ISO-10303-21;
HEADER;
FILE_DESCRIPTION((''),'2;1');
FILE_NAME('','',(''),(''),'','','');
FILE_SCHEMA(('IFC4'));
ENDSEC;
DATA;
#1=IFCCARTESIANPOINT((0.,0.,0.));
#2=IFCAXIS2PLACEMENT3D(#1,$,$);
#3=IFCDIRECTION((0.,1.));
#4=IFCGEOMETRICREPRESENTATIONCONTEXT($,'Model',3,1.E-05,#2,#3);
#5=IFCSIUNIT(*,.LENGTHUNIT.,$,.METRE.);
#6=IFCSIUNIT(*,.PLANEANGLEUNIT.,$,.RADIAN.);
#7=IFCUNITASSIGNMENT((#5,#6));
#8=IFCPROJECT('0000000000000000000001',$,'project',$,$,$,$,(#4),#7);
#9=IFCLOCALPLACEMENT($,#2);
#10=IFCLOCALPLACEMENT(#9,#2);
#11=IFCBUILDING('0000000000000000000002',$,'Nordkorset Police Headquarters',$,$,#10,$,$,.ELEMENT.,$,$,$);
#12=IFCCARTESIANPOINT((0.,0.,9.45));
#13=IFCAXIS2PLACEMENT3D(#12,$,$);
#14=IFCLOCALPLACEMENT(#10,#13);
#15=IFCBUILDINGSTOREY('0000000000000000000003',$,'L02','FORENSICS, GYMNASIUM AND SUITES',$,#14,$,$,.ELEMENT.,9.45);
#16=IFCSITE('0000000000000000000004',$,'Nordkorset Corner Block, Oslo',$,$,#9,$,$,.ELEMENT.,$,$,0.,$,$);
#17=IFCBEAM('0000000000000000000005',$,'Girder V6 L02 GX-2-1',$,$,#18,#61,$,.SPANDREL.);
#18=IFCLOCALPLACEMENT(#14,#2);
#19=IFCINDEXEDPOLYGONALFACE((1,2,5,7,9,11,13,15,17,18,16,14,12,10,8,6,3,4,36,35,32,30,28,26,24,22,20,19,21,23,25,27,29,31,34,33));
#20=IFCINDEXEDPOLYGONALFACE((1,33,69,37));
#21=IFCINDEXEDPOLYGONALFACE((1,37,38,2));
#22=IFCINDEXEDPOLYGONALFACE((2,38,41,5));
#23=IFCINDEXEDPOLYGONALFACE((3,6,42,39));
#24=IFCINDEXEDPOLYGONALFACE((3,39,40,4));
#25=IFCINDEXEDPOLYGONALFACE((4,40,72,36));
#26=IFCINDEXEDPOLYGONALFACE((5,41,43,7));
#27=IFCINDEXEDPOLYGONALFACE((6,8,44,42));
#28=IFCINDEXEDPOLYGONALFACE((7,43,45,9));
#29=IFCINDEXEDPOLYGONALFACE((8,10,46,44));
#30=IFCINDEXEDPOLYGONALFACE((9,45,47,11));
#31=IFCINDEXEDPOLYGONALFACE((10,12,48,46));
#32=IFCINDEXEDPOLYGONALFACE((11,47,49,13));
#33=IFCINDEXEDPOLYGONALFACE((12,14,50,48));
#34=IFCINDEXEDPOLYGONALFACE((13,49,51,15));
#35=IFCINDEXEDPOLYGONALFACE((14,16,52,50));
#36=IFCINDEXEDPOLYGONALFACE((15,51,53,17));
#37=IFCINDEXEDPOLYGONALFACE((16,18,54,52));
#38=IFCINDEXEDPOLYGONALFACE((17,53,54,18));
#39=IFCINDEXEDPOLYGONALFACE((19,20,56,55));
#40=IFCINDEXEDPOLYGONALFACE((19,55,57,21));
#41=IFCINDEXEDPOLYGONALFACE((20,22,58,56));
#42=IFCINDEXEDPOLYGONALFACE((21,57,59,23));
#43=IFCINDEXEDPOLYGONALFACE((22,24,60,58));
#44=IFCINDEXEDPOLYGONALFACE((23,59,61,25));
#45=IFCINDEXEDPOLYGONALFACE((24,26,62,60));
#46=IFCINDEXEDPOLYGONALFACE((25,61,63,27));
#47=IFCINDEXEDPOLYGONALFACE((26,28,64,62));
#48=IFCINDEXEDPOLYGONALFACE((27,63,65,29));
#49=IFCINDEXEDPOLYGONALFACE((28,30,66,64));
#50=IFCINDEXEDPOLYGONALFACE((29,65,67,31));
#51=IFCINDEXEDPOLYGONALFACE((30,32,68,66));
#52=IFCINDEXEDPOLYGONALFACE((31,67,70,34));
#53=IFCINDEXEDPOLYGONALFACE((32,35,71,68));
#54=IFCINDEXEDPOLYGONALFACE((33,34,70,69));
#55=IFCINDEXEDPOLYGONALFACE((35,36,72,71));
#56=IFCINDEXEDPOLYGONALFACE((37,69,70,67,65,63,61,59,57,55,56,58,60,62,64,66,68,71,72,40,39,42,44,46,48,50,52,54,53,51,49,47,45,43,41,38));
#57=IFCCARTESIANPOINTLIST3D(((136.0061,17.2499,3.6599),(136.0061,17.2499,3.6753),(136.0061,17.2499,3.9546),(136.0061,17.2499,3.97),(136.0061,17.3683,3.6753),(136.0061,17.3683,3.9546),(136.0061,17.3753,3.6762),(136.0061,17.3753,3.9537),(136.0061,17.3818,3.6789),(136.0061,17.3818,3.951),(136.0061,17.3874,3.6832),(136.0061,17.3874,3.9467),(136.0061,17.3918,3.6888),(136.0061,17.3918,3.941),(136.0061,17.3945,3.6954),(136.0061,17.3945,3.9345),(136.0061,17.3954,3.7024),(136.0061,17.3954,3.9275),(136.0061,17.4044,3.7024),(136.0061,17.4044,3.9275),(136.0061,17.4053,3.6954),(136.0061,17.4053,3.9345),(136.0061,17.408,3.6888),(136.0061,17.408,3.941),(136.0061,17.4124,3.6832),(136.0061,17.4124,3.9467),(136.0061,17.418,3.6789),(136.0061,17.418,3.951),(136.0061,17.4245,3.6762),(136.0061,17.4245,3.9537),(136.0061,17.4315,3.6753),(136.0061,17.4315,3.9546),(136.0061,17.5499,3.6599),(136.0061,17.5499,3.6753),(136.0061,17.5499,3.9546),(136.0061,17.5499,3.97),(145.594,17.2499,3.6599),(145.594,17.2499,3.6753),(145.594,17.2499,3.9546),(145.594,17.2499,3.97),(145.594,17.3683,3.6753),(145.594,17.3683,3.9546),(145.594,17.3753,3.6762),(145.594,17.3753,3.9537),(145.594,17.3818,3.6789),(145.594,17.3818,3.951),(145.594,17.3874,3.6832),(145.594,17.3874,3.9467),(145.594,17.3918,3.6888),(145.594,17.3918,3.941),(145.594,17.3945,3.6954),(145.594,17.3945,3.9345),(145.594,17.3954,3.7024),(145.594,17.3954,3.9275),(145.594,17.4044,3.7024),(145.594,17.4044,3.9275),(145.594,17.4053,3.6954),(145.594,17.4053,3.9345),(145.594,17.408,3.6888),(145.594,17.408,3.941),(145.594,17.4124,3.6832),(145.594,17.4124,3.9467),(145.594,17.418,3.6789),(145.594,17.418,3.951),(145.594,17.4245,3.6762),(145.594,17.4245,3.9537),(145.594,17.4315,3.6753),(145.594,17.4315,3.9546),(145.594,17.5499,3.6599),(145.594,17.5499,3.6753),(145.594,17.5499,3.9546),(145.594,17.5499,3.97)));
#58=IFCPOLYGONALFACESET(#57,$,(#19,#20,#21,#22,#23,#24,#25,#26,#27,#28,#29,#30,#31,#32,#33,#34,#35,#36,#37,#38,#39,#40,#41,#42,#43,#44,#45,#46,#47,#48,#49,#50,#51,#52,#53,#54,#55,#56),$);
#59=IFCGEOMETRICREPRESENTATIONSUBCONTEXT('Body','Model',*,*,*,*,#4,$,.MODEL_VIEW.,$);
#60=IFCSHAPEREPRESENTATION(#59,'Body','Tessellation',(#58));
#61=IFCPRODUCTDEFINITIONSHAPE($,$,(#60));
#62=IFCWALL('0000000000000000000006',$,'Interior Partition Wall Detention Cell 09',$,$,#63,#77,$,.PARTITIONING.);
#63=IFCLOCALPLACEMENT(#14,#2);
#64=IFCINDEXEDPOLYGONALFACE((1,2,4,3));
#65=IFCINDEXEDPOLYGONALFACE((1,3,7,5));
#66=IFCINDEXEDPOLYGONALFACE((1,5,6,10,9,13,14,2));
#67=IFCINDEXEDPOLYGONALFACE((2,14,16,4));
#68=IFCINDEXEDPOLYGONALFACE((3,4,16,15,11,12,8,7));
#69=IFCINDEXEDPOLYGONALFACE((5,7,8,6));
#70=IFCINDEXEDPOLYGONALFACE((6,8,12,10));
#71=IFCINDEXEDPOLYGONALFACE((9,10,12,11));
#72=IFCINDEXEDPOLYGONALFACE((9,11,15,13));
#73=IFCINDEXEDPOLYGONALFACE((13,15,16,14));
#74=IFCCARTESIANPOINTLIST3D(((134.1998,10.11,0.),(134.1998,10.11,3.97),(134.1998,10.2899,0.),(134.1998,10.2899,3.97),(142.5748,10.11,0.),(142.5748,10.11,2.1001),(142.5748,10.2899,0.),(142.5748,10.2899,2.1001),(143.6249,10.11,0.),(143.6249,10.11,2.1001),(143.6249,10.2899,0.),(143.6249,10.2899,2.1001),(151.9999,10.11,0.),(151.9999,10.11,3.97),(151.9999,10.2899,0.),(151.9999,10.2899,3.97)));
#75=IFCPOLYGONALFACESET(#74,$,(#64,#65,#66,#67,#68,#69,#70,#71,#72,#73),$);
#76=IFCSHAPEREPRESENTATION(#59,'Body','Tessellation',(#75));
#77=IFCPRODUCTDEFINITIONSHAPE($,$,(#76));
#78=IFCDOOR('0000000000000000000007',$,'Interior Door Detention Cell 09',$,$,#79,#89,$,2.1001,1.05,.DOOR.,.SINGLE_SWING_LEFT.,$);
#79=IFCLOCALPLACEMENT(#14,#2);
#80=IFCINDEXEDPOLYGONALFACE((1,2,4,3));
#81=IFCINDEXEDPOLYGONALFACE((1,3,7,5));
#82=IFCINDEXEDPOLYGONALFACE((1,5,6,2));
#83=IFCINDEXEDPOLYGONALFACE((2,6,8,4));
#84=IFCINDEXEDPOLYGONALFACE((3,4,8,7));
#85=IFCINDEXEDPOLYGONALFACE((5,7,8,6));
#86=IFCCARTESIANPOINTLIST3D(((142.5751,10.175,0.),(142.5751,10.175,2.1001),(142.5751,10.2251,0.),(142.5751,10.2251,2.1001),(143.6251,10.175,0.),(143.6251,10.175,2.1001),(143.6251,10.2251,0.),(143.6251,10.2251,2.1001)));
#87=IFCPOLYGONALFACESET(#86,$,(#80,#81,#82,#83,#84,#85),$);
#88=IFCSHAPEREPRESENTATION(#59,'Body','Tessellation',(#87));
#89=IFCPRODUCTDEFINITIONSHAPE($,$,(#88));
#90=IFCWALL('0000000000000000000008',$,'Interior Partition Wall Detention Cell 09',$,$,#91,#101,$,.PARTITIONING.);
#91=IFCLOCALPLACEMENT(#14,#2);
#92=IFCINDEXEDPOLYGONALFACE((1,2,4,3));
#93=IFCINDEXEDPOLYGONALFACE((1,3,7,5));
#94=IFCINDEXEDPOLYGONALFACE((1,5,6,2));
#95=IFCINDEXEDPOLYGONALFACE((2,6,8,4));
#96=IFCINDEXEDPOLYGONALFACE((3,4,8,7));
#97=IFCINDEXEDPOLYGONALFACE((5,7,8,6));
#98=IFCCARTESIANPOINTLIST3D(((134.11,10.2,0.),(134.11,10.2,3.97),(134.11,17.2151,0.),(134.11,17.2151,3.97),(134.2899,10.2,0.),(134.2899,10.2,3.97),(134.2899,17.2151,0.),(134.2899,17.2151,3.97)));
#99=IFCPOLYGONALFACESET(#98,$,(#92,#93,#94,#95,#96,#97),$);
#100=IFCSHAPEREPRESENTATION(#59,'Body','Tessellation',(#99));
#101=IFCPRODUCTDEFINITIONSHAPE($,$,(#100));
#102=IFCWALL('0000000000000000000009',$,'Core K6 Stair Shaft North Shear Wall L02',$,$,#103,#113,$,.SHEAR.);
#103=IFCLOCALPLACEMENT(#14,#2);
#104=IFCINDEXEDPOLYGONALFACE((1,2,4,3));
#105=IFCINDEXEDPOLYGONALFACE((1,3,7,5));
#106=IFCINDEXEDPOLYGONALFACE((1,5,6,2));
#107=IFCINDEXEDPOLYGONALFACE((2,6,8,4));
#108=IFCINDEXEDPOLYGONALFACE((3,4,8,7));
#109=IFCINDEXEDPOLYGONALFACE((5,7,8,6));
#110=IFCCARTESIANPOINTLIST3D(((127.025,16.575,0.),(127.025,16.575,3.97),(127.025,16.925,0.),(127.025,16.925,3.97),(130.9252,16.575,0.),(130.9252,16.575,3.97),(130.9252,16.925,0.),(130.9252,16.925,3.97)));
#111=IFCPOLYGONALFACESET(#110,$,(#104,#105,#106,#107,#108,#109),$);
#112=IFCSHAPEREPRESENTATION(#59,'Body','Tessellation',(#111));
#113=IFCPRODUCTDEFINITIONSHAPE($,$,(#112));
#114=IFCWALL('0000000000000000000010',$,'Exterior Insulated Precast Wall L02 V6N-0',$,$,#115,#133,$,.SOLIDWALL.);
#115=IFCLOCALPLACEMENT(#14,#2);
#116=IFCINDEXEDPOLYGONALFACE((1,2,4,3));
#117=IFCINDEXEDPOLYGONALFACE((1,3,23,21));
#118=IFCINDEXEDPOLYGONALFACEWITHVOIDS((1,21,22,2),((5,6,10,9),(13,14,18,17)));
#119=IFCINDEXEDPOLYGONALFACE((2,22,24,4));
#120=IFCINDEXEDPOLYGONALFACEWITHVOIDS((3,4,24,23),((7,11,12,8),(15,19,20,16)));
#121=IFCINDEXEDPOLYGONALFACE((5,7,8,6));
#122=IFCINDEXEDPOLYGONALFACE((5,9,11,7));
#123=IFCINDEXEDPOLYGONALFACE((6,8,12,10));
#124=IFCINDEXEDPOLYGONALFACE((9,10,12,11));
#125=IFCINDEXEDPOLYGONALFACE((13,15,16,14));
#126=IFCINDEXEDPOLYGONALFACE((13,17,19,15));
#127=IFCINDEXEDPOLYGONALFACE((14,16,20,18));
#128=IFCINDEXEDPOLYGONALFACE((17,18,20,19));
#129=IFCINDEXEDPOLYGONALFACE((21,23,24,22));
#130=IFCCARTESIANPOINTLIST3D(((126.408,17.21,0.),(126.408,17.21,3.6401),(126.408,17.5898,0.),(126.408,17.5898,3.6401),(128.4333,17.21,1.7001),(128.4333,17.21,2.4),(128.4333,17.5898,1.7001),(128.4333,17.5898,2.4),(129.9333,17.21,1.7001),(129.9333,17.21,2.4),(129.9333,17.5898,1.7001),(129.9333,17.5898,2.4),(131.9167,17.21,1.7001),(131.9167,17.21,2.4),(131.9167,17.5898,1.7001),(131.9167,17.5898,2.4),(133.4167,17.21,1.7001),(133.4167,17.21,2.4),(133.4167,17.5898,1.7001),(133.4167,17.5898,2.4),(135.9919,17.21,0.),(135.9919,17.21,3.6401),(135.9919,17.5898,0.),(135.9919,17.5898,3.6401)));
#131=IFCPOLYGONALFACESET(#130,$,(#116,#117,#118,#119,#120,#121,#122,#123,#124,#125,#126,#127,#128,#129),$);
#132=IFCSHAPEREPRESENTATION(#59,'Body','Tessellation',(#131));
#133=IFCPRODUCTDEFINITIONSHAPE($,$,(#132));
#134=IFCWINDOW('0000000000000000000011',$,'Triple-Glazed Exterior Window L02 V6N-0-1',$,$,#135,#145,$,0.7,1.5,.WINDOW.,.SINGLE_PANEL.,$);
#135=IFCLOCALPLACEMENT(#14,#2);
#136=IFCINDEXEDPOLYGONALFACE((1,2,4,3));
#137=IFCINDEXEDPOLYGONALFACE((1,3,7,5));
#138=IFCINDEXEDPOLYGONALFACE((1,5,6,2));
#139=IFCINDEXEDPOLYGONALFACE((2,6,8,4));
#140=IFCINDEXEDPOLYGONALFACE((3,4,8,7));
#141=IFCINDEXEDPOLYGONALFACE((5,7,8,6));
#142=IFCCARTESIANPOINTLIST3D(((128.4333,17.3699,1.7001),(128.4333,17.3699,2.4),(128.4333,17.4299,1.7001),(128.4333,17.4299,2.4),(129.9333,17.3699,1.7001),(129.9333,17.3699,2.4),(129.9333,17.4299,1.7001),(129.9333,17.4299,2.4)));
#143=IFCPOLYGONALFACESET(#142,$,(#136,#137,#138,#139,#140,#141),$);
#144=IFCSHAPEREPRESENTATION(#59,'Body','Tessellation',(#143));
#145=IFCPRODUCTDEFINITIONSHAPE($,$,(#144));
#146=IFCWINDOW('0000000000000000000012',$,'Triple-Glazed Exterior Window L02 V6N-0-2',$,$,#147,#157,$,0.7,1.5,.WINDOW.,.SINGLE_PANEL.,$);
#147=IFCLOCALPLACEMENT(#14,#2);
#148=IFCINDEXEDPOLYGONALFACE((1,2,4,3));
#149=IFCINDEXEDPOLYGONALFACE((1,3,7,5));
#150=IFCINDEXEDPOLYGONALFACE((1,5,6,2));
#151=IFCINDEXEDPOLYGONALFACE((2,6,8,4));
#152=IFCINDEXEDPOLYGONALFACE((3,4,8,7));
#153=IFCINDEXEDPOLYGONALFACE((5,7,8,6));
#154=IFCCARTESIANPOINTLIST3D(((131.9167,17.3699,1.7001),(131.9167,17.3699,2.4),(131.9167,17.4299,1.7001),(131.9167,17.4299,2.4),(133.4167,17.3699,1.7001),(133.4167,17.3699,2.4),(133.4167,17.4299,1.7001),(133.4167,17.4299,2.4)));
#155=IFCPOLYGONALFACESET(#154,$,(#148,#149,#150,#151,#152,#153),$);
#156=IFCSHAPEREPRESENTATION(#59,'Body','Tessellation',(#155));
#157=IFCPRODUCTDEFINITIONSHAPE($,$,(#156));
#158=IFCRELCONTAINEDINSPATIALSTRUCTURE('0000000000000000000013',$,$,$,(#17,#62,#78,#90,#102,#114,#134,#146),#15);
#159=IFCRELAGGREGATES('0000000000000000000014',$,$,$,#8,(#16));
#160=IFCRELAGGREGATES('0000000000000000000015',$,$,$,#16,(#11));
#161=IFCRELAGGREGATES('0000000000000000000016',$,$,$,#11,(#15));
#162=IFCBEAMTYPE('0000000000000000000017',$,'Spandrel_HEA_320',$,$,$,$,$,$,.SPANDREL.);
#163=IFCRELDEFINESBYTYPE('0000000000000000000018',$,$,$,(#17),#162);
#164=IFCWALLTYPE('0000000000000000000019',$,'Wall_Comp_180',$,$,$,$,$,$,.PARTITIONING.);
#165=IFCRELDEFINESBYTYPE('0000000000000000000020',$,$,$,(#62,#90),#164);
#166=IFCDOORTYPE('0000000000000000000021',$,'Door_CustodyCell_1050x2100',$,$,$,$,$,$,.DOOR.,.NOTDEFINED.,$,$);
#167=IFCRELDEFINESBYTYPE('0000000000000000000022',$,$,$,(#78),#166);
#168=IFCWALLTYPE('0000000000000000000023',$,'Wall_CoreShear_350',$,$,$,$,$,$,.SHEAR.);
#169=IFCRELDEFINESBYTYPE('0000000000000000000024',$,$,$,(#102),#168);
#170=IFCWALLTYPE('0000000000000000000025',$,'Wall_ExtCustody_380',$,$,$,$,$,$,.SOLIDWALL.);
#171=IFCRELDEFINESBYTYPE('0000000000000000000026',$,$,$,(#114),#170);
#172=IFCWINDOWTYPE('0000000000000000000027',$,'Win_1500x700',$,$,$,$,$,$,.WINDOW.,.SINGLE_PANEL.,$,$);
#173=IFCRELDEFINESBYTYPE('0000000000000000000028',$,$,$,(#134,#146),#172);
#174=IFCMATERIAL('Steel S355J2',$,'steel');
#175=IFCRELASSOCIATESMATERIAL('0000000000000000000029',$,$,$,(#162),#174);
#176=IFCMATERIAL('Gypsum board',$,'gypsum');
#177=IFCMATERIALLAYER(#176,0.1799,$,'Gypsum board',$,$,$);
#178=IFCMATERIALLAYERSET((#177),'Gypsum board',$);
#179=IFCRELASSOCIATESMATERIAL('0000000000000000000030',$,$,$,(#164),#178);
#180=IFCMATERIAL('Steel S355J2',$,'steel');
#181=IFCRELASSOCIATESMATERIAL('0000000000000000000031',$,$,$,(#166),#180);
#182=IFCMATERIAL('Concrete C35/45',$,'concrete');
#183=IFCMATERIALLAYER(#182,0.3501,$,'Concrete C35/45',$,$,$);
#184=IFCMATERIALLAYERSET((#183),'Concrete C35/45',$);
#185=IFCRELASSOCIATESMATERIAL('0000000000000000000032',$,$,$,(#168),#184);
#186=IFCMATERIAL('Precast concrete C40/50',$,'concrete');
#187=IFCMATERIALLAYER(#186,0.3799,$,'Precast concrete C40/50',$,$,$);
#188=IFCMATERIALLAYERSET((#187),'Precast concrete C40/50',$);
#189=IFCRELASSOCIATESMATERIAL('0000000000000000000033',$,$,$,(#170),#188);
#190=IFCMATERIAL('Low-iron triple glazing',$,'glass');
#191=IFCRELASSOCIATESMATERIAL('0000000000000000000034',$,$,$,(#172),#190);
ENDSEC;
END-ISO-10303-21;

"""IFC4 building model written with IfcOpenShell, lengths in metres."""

from ifc_helpers import new_model, si_unit, direction, frame, frame_2d, origin, origin_2d, place, context, subcontext, project, spatial, rectangle, i_section, extrude, material, layer, layer_set, material_profile, profile_set, type_object, element, fill, save


model = new_model("IFC4")

# Units and contexts
model_context = context("Model", 3, precision=1e-05, world=origin(), true_north=direction((0.0, 1.0)))
body_context = subcontext(model_context, "Body", "Model", "MODEL_VIEW")
ifc_project = project(units=[si_unit("LENGTHUNIT", "METRE"), si_unit("PLANEANGLEUNIT", "RADIAN")], contexts=[model_context])

# Site, building, storey
site_placement = place(None, origin())
site = spatial("IfcSite", under=ifc_project, at=site_placement, Name="Nordkorset Corner Block, Oslo", CompositionType="ELEMENT", RefElevation=0.0)
building_placement = place(site_placement, origin())
building = spatial("IfcBuilding", under=site, at=building_placement, Name="Nordkorset Police Headquarters", CompositionType="ELEMENT")
storey_placement = place(building_placement, frame((0.0, 0.0, 9.45)))
storey = spatial("IfcBuildingStorey", under=building, at=storey_placement, Name="L02", Description="FORENSICS, GYMNASIUM AND SUITES", CompositionType="ELEMENT", Elevation=9.45)

# Beam
ifc_material_1 = material(Name="Steel S355J2", Category="steel")
ifc_material_profile_1 = material_profile(ifc_material_1, i_section(OverallWidth=0.3, OverallDepth=0.3101, WebThickness=0.009, FlangeThickness=0.0154, FilletRadius=0.0271, at=origin_2d()), Name="HEA 320")
ifc_profile_set_1 = profile_set([ifc_material_profile_1], Name="Steel S355J2")
beam_type_1 = type_object("IfcBeamType", Name="Spandrel_HEA_320", PredefinedType="SPANDREL", material=ifc_profile_set_1)
for number, where, z_axis, x_axis, name in (
    (1, (136.0061, 17.3999, 3.8149), (1.0, 0.0, 0.0), (0.0, 1.0, 0.0), "Girder V6 L02 GX-2-1"),
):
    element("IfcBeam", number, at=place(storey_placement, frame(where, z_axis=z_axis, x_axis=x_axis)), inside=storey, type_object=beam_type_1, Name=name, PredefinedType="SPANDREL", context=body_context, shape_type="SweptSolid", body=[
        extrude(i_section(OverallWidth=0.3, OverallDepth=0.3101, WebThickness=0.009, FlangeThickness=0.0154, FilletRadius=0.0271, at=origin_2d()), origin(), (0.0, 0.0, 1.0), 9.5879),
    ])

# Wall, opening, door
ifc_material_2 = material(Name="Gypsum board", Category="gypsum")
ifc_layer_1 = layer(ifc_material_2, 0.1799, Name="Gypsum board")
ifc_layer_set_1 = layer_set([ifc_layer_1], Name="Gypsum board")
wall_type_1 = type_object("IfcWallType", Name="Wall_Comp_180", PredefinedType="PARTITIONING", material=ifc_layer_set_1)
wall_1_placement = place(storey_placement, frame((134.2, 10.2, 0.0), z_axis=(0.0, 0.0, 1.0), x_axis=(1.0, 0.0, 0.0)))
wall_1 = element("IfcWall", 2, at=wall_1_placement, inside=storey, type_object=wall_type_1, Name="Interior Partition Wall Detention Cell 09", PredefinedType="PARTITIONING", context=body_context, shape_type="SweptSolid", body=[
    extrude(rectangle(XDim=17.8, YDim=0.1799, at=frame_2d((8.8999, 0.0))), origin(), (0.0, 0.0, 1.0), 3.97),
])
opening_1_placement = place(wall_1_placement, frame((8.375, 0.0, 0.0)))
opening_1 = element("IfcOpeningElement", 3, at=opening_1_placement, cuts=wall_1, PredefinedType="OPENING", context=body_context, shape_type="SweptSolid", body=[
    extrude(rectangle(XDim=1.05, YDim=2.1001, at=frame_2d((0.5249, 1.05))), frame((0.0, 0.1001, 0.0), z_axis=(0.0, -1.0, 0.0), x_axis=(1.0, 0.0, 0.0)), (0.0, 0.0, 1.0), 0.2),
])
ifc_material_3 = material(Name="Steel S355J2", Category="steel")
door_type = type_object("IfcDoorType", Name="Door_CustodyCell_1050x2100", OperationType="NOTDEFINED", PredefinedType="DOOR", material=ifc_material_3)
door_placement = place(opening_1_placement, frame((1.05, 0.0, 0.0), z_axis=(0.0, 0.0, 1.0), x_axis=(-1.0, 0.0, 0.0)))
door = element("IfcDoor", 4, at=door_placement, inside=storey, type_object=door_type, Name="Interior Door Detention Cell 09", OperationType="SINGLE_SWING_LEFT", OverallHeight=2.1001, OverallWidth=1.05, PredefinedType="DOOR", context=body_context, shape_type="SweptSolid", body=[
    extrude(rectangle(XDim=1.05, YDim=2.1001, at=frame_2d((0.5249, 1.05))), frame((0.0, 0.0249, 0.0), z_axis=(0.0, -1.0, 0.0), x_axis=(1.0, 0.0, 0.0)), (0.0, 0.0, 1.0), 0.05),
])
fill(opening_1, door)

# Walls
wall_2_placement = place(storey_placement, frame((134.2, 17.2151, 0.0), z_axis=(0.0, 0.0, 1.0), x_axis=(0.0, -1.0, 0.0)))
element("IfcWall", 5, at=wall_2_placement, inside=storey, type_object=wall_type_1, Name="Interior Partition Wall Detention Cell 09", PredefinedType="PARTITIONING", context=body_context, shape_type="SweptSolid", body=[
    extrude(rectangle(XDim=7.0151, YDim=0.1799, at=frame_2d((3.5076, 0.0))), origin(), (0.0, 0.0, 1.0), 3.97),
])
ifc_material_4 = material(Name="Concrete C35/45", Category="concrete")
ifc_layer_2 = layer(ifc_material_4, 0.3501, Name="Concrete C35/45")
ifc_layer_set_2 = layer_set([ifc_layer_2], Name="Concrete C35/45")
wall_type_2 = type_object("IfcWallType", Name="Wall_CoreShear_350", PredefinedType="SHEAR", material=ifc_layer_set_2)
wall_3_placement = place(storey_placement, frame((127.0249, 16.75, 0.0), z_axis=(0.0, 0.0, 1.0), x_axis=(1.0, 0.0, 0.0)))
element("IfcWall", 6, at=wall_3_placement, inside=storey, type_object=wall_type_2, Name="Core K6 Stair Shaft North Shear Wall L02", PredefinedType="SHEAR", context=body_context, shape_type="SweptSolid", body=[
    extrude(rectangle(XDim=3.9001, YDim=0.3501, at=frame_2d((1.9502, 0.0))), origin(), (0.0, 0.0, 1.0), 3.97),
])

# Wall, openings, windows
ifc_material_5 = material(Name="Precast concrete C40/50", Category="concrete")
ifc_layer_3 = layer(ifc_material_5, 0.3799, Name="Precast concrete C40/50")
ifc_layer_set_3 = layer_set([ifc_layer_3], Name="Precast concrete C40/50")
wall_type_3 = type_object("IfcWallType", Name="Wall_ExtCustody_380", PredefinedType="SOLIDWALL", material=ifc_layer_set_3)
wall_4_placement = place(storey_placement, frame((126.408, 17.3999, 0.0), z_axis=(0.0, 0.0, 1.0), x_axis=(1.0, 0.0, 0.0)))
wall_4 = element("IfcWall", 7, at=wall_4_placement, inside=storey, type_object=wall_type_3, Name="Exterior Insulated Precast Wall L02 V6N-0", PredefinedType="SOLIDWALL", context=body_context, shape_type="SweptSolid", body=[
    extrude(rectangle(XDim=9.584, YDim=0.3799, at=frame_2d((4.792, 0.0))), origin(), (0.0, 0.0, 1.0), 3.6401),
])
opening_2_placement = place(wall_4_placement, frame((2.0254, 0.0, 1.7)))
opening_2 = element("IfcOpeningElement", 8, at=opening_2_placement, cuts=wall_4, PredefinedType="OPENING", context=body_context, shape_type="SweptSolid", body=[
    extrude(rectangle(XDim=1.5, YDim=0.7, at=frame_2d((0.75, 0.3501))), frame((0.0, 0.2, 0.0), z_axis=(0.0, -1.0, 0.0), x_axis=(1.0, 0.0, 0.0)), (0.0, 0.0, 1.0), 0.3999),
])
opening_3_placement = place(wall_4_placement, frame((5.5088, 0.0, 1.7)))
opening_3 = element("IfcOpeningElement", 9, at=opening_3_placement, cuts=wall_4, PredefinedType="OPENING", context=body_context, shape_type="SweptSolid", body=[
    extrude(rectangle(XDim=1.5, YDim=0.7, at=frame_2d((0.75, 0.3501))), frame((0.0, 0.2, 0.0), z_axis=(0.0, -1.0, 0.0), x_axis=(1.0, 0.0, 0.0)), (0.0, 0.0, 1.0), 0.3999),
])
ifc_material_6 = material(Name="Low-iron triple glazing", Category="glass")
window_type_1 = type_object("IfcWindowType", Name="Win_1500x700", PartitioningType="SINGLE_PANEL", PredefinedType="WINDOW", material=ifc_material_6)
window_1_placement = place(opening_2_placement, origin())
window_1 = element("IfcWindow", 10, at=window_1_placement, inside=storey, type_object=window_type_1, Name="Triple-Glazed Exterior Window L02 V6N-0-1", OverallHeight=0.7, OverallWidth=1.5, PartitioningType="SINGLE_PANEL", PredefinedType="WINDOW", context=body_context, shape_type="SweptSolid", body=[
    extrude(rectangle(XDim=1.5, YDim=0.7, at=frame_2d((0.75, 0.3501))), frame((0.0, 0.03, 0.0), z_axis=(0.0, -1.0, 0.0), x_axis=(1.0, 0.0, 0.0)), (0.0, 0.0, 1.0), 0.0601),
])
fill(opening_2, window_1)
window_2_placement = place(opening_3_placement, origin())
window_2 = element("IfcWindow", 11, at=window_2_placement, inside=storey, type_object=window_type_1, Name="Triple-Glazed Exterior Window L02 V6N-0-2", OverallHeight=0.7, OverallWidth=1.5, PartitioningType="SINGLE_PANEL", PredefinedType="WINDOW", context=body_context, shape_type="SweptSolid", body=[
    extrude(rectangle(XDim=1.5, YDim=0.7, at=frame_2d((0.75, 0.3501))), frame((0.0, 0.03, 0.0), z_axis=(0.0, -1.0, 0.0), x_axis=(1.0, 0.0, 0.0)), (0.0, 0.0, 1.0), 0.0601),
])
fill(opening_3, window_2)

save(model, "model.ifc")
